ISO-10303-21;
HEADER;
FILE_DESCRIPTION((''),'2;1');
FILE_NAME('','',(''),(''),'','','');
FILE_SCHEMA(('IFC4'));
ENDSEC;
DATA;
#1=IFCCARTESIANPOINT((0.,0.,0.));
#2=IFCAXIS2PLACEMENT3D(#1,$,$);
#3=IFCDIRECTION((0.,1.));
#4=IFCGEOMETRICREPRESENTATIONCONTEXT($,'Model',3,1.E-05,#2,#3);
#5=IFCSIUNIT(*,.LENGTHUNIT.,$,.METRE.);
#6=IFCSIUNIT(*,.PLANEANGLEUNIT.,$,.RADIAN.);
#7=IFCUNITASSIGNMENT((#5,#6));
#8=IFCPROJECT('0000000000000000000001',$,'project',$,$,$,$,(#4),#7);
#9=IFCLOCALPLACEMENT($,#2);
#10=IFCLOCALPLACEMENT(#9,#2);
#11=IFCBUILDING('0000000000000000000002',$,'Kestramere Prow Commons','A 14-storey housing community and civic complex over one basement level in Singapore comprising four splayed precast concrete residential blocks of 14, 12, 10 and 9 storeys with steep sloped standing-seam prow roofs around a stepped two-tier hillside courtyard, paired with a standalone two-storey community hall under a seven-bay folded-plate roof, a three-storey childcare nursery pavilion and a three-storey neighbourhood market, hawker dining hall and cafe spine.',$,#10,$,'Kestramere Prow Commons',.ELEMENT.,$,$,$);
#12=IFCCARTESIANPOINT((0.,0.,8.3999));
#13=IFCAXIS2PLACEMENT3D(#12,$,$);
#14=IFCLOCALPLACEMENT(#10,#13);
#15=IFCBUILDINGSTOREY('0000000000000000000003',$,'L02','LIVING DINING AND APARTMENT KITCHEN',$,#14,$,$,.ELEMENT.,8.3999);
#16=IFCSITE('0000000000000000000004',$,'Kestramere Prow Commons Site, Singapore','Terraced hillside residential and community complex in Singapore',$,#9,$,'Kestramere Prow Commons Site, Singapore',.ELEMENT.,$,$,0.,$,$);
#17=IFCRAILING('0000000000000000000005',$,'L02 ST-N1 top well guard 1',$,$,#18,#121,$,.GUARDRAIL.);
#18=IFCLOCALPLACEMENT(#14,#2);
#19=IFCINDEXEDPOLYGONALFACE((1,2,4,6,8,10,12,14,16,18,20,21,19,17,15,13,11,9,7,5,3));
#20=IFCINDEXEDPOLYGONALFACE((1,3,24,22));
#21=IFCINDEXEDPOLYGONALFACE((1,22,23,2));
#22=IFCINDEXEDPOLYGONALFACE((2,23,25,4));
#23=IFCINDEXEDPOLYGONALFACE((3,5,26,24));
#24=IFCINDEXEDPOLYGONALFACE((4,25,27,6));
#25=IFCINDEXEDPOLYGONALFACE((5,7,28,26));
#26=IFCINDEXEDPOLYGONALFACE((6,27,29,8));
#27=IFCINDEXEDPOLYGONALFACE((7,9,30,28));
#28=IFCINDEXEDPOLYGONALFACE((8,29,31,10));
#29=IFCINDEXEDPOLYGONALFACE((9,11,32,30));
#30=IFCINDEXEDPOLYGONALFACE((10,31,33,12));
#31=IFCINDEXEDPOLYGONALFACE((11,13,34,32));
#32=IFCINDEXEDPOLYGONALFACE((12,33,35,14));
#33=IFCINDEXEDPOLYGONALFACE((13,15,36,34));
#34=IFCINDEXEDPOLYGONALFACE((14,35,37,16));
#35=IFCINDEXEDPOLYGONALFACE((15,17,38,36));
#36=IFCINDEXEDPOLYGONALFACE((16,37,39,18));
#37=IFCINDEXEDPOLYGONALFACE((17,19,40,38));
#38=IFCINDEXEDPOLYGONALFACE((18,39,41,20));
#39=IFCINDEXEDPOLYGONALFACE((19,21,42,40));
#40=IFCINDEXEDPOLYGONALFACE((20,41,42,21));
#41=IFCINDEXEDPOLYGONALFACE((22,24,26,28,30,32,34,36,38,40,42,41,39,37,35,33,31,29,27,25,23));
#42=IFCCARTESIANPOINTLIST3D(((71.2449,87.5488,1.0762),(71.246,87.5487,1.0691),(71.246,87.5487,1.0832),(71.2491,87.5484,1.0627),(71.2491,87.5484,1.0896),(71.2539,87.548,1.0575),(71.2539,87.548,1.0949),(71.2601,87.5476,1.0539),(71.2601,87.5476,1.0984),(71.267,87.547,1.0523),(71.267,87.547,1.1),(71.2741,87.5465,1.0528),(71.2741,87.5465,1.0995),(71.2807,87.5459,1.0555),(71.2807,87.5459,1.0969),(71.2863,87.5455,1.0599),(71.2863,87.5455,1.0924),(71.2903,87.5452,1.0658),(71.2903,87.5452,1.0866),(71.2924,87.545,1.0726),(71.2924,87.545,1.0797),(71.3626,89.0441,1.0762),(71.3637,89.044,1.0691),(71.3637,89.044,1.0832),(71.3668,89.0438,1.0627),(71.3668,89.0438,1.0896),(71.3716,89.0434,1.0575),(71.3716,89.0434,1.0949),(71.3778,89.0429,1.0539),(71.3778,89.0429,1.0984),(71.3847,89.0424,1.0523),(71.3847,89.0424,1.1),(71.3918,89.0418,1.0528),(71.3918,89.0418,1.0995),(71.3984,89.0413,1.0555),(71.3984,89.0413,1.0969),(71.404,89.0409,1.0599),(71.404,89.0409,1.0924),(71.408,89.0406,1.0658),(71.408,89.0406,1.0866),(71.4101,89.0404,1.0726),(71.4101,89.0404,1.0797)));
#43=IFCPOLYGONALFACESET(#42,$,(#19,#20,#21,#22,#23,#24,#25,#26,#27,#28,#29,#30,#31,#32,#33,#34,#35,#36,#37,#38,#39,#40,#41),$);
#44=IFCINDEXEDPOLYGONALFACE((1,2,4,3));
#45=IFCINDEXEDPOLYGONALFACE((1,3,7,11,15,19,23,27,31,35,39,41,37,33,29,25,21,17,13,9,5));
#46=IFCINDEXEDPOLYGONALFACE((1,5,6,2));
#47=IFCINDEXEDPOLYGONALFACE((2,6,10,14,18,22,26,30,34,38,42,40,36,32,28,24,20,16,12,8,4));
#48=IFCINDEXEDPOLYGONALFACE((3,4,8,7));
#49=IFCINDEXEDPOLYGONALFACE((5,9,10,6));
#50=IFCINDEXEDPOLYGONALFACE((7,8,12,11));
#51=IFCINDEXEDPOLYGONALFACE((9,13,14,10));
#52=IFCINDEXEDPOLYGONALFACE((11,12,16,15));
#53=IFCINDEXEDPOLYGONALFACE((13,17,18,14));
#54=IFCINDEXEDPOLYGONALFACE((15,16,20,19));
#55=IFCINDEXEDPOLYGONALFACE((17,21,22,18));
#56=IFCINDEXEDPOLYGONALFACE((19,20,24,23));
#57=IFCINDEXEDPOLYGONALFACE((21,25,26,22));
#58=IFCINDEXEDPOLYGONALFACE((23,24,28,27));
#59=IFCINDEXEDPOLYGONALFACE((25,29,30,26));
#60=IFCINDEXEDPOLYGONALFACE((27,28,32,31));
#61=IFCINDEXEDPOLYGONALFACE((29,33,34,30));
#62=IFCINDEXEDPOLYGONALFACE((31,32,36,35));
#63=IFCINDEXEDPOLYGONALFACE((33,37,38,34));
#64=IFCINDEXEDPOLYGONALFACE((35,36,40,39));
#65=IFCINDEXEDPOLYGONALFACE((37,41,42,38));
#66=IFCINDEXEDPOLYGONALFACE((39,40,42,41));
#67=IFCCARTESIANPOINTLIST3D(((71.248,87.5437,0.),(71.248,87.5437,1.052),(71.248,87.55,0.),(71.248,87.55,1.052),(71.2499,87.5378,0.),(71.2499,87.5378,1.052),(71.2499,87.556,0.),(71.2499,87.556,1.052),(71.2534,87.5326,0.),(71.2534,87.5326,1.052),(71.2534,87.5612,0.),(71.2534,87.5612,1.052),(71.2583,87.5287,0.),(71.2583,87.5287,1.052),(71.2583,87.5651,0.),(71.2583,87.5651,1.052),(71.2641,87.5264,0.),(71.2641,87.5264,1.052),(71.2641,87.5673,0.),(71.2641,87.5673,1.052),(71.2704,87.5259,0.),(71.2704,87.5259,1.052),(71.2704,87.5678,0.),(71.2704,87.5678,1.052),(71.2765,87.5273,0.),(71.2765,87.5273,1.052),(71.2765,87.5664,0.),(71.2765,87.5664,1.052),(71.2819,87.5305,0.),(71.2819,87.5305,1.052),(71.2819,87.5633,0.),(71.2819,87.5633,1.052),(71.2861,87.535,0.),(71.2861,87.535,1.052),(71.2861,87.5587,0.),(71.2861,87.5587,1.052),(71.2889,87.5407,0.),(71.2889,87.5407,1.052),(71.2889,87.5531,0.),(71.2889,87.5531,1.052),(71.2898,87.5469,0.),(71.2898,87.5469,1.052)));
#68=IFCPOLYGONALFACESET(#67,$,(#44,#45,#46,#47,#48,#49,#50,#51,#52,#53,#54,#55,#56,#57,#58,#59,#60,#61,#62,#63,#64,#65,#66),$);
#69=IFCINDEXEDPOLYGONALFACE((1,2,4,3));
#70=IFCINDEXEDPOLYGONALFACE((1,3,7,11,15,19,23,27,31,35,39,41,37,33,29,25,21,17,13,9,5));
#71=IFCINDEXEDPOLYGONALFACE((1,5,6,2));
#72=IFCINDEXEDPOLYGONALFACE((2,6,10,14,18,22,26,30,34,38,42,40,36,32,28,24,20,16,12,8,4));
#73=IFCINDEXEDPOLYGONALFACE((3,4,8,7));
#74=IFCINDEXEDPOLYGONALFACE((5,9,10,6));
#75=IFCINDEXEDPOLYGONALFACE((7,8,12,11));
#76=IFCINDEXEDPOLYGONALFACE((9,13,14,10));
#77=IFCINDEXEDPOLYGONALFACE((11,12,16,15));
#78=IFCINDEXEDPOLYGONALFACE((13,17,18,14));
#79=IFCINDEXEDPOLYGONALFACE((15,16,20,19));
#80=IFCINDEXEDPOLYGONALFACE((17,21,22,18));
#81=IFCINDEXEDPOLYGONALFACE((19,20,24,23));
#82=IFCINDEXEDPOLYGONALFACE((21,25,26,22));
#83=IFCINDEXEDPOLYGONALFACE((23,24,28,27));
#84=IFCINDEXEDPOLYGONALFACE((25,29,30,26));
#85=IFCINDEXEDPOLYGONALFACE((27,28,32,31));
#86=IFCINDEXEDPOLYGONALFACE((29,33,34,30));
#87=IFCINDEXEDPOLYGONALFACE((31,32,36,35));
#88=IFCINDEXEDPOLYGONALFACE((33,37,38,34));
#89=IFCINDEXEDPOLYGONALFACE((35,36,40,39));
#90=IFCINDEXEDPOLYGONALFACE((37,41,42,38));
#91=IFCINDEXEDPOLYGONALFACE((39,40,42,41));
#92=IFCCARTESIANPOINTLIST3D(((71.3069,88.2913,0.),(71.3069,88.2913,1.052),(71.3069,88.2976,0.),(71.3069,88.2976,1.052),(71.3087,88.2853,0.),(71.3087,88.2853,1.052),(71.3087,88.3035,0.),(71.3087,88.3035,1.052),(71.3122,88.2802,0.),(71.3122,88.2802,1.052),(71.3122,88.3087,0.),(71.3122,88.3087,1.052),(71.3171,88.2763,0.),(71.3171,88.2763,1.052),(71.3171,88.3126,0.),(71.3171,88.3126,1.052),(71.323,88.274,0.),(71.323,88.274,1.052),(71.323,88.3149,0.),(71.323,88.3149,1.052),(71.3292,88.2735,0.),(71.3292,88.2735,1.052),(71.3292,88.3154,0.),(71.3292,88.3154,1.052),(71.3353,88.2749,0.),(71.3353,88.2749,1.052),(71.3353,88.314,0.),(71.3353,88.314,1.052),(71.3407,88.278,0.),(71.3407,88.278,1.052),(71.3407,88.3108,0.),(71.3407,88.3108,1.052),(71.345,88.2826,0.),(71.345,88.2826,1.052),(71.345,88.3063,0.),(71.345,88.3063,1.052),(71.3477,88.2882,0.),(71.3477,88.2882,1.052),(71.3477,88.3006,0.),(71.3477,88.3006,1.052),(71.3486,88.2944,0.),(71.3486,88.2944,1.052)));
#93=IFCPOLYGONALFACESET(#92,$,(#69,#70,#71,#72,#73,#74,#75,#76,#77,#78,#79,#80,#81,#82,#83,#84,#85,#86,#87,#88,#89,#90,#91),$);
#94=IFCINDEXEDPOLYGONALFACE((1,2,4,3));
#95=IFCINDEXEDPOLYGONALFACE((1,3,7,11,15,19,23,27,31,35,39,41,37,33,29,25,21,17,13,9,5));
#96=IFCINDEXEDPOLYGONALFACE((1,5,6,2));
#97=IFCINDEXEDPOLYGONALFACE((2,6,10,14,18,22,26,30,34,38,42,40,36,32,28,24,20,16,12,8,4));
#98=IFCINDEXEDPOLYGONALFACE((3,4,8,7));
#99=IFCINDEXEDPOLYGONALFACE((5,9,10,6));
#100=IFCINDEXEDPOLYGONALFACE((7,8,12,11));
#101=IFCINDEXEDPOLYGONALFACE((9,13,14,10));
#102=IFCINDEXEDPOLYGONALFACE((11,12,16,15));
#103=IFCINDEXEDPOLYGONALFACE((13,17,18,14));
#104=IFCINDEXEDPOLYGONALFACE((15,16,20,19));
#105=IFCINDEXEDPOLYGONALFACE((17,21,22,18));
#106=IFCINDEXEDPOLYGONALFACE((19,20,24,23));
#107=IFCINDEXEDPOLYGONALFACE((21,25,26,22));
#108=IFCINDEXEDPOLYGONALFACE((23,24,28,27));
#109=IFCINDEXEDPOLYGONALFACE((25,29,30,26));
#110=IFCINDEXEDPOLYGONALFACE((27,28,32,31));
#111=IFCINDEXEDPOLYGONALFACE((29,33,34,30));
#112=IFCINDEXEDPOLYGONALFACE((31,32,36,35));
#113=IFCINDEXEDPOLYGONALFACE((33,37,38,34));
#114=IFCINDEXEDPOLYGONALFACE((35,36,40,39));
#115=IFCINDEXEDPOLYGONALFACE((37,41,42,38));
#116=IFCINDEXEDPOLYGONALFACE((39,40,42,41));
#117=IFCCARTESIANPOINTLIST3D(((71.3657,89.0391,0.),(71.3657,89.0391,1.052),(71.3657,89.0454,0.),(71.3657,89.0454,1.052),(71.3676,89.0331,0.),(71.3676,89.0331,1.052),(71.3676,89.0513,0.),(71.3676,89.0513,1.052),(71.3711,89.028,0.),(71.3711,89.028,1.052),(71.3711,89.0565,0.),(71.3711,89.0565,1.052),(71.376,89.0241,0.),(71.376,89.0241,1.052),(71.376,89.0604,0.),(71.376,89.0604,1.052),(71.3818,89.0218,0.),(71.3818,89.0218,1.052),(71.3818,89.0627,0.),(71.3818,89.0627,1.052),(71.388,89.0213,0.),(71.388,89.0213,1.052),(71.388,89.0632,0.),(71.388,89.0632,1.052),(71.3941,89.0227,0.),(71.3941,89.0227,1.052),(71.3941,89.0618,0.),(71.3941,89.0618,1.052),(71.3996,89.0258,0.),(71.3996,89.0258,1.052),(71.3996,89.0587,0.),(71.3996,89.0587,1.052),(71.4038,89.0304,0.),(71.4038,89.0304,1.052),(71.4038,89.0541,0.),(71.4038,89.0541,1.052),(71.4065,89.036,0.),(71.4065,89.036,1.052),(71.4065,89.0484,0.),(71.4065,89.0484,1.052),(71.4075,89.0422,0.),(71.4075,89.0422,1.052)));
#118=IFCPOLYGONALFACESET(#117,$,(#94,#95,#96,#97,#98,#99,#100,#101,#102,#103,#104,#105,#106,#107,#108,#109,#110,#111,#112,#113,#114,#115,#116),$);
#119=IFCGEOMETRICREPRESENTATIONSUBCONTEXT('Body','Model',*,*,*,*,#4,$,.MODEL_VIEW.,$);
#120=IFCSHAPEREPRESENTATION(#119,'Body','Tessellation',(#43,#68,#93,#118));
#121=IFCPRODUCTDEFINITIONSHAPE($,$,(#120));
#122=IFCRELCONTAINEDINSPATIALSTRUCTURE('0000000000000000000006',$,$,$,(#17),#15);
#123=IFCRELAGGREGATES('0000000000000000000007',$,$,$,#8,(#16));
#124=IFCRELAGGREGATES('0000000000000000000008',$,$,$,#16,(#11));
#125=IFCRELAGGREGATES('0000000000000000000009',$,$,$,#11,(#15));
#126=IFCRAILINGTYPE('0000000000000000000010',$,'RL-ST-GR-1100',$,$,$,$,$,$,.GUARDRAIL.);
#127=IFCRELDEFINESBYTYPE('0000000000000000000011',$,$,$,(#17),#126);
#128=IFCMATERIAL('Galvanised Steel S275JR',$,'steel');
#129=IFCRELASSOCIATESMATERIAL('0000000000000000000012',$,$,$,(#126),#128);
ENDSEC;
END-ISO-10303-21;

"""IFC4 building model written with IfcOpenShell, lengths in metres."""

from ifc_helpers import new_model, si_unit, direction, frame, origin, origin_2d, place, context, subcontext, project, spatial, circle, extrude, material, type_object, element, save


model = new_model("IFC4")

# Units and contexts
model_context = context("Model", 3, precision=1e-05, world=origin(), true_north=direction((0.0, 1.0)))
body_context = subcontext(model_context, "Body", "Model", "MODEL_VIEW")
ifc_project = project(units=[si_unit("LENGTHUNIT", "METRE"), si_unit("PLANEANGLEUNIT", "RADIAN")], contexts=[model_context])

# Site, building, storey
site_placement = place(None, origin())
site = spatial("IfcSite", under=ifc_project, at=site_placement, Name="Kestramere Prow Commons Site, Singapore", Description="Terraced hillside residential and community complex in Singapore", LongName="Kestramere Prow Commons Site, Singapore", CompositionType="ELEMENT", RefElevation=0.0)
building_placement = place(site_placement, origin())
building = spatial("IfcBuilding", under=site, at=building_placement, Name="Kestramere Prow Commons", Description="A 14-storey housing community and civic complex over one basement level in Singapore comprising four splayed precast concrete residential blocks of 14, 12, 10 and 9 storeys with steep sloped standing-seam prow roofs around a stepped two-tier hillside courtyard, paired with a standalone two-storey community hall under a seven-bay folded-plate roof, a three-storey childcare nursery pavilion and a three-storey neighbourhood market, hawker dining hall and cafe spine.", LongName="Kestramere Prow Commons", CompositionType="ELEMENT")
storey_placement = place(building_placement, frame((0.0, 0.0, 8.3999)))
storey = spatial("IfcBuildingStorey", under=building, at=storey_placement, Name="L02", Description="LIVING DINING AND APARTMENT KITCHEN", CompositionType="ELEMENT", Elevation=8.3999)

# Railing
ifc_material_1 = material(Name="Galvanised Steel S275JR", Category="steel")
railing_type = type_object("IfcRailingType", Name="RL-ST-GR-1100", PredefinedType="GUARDRAIL", material=ifc_material_1)
railing_placement = place(storey_placement, frame((71.2688, 87.5469, 0.0)))
element("IfcRailing", 1, at=railing_placement, inside=storey, type_object=railing_type, Name="L02 ST-N1 top well guard 1", PredefinedType="GUARDRAIL", context=body_context, shape_type="SweptSolid", body=[
    extrude(circle(Radius=0.0239, at=origin_2d()), frame((0.0, 0.0, 1.0762), z_axis=(0.078451, 0.996918, 0.0), x_axis=(-0.996918, 0.078451, 0.0)), (0.0, 0.0, 1.0), 1.5),
    extrude(circle(Radius=0.021, at=origin_2d()), origin(), (0.0, 0.0, 1.0), 1.052),
    extrude(circle(Radius=0.021, at=origin_2d()), frame((0.0588, 0.7476, 0.0)), (0.0, 0.0, 1.0), 1.052),
    extrude(circle(Radius=0.021, at=origin_2d()), frame((0.1177, 1.4954, 0.0)), (0.0, 0.0, 1.0), 1.052),
])

save(model, "model.ifc")
